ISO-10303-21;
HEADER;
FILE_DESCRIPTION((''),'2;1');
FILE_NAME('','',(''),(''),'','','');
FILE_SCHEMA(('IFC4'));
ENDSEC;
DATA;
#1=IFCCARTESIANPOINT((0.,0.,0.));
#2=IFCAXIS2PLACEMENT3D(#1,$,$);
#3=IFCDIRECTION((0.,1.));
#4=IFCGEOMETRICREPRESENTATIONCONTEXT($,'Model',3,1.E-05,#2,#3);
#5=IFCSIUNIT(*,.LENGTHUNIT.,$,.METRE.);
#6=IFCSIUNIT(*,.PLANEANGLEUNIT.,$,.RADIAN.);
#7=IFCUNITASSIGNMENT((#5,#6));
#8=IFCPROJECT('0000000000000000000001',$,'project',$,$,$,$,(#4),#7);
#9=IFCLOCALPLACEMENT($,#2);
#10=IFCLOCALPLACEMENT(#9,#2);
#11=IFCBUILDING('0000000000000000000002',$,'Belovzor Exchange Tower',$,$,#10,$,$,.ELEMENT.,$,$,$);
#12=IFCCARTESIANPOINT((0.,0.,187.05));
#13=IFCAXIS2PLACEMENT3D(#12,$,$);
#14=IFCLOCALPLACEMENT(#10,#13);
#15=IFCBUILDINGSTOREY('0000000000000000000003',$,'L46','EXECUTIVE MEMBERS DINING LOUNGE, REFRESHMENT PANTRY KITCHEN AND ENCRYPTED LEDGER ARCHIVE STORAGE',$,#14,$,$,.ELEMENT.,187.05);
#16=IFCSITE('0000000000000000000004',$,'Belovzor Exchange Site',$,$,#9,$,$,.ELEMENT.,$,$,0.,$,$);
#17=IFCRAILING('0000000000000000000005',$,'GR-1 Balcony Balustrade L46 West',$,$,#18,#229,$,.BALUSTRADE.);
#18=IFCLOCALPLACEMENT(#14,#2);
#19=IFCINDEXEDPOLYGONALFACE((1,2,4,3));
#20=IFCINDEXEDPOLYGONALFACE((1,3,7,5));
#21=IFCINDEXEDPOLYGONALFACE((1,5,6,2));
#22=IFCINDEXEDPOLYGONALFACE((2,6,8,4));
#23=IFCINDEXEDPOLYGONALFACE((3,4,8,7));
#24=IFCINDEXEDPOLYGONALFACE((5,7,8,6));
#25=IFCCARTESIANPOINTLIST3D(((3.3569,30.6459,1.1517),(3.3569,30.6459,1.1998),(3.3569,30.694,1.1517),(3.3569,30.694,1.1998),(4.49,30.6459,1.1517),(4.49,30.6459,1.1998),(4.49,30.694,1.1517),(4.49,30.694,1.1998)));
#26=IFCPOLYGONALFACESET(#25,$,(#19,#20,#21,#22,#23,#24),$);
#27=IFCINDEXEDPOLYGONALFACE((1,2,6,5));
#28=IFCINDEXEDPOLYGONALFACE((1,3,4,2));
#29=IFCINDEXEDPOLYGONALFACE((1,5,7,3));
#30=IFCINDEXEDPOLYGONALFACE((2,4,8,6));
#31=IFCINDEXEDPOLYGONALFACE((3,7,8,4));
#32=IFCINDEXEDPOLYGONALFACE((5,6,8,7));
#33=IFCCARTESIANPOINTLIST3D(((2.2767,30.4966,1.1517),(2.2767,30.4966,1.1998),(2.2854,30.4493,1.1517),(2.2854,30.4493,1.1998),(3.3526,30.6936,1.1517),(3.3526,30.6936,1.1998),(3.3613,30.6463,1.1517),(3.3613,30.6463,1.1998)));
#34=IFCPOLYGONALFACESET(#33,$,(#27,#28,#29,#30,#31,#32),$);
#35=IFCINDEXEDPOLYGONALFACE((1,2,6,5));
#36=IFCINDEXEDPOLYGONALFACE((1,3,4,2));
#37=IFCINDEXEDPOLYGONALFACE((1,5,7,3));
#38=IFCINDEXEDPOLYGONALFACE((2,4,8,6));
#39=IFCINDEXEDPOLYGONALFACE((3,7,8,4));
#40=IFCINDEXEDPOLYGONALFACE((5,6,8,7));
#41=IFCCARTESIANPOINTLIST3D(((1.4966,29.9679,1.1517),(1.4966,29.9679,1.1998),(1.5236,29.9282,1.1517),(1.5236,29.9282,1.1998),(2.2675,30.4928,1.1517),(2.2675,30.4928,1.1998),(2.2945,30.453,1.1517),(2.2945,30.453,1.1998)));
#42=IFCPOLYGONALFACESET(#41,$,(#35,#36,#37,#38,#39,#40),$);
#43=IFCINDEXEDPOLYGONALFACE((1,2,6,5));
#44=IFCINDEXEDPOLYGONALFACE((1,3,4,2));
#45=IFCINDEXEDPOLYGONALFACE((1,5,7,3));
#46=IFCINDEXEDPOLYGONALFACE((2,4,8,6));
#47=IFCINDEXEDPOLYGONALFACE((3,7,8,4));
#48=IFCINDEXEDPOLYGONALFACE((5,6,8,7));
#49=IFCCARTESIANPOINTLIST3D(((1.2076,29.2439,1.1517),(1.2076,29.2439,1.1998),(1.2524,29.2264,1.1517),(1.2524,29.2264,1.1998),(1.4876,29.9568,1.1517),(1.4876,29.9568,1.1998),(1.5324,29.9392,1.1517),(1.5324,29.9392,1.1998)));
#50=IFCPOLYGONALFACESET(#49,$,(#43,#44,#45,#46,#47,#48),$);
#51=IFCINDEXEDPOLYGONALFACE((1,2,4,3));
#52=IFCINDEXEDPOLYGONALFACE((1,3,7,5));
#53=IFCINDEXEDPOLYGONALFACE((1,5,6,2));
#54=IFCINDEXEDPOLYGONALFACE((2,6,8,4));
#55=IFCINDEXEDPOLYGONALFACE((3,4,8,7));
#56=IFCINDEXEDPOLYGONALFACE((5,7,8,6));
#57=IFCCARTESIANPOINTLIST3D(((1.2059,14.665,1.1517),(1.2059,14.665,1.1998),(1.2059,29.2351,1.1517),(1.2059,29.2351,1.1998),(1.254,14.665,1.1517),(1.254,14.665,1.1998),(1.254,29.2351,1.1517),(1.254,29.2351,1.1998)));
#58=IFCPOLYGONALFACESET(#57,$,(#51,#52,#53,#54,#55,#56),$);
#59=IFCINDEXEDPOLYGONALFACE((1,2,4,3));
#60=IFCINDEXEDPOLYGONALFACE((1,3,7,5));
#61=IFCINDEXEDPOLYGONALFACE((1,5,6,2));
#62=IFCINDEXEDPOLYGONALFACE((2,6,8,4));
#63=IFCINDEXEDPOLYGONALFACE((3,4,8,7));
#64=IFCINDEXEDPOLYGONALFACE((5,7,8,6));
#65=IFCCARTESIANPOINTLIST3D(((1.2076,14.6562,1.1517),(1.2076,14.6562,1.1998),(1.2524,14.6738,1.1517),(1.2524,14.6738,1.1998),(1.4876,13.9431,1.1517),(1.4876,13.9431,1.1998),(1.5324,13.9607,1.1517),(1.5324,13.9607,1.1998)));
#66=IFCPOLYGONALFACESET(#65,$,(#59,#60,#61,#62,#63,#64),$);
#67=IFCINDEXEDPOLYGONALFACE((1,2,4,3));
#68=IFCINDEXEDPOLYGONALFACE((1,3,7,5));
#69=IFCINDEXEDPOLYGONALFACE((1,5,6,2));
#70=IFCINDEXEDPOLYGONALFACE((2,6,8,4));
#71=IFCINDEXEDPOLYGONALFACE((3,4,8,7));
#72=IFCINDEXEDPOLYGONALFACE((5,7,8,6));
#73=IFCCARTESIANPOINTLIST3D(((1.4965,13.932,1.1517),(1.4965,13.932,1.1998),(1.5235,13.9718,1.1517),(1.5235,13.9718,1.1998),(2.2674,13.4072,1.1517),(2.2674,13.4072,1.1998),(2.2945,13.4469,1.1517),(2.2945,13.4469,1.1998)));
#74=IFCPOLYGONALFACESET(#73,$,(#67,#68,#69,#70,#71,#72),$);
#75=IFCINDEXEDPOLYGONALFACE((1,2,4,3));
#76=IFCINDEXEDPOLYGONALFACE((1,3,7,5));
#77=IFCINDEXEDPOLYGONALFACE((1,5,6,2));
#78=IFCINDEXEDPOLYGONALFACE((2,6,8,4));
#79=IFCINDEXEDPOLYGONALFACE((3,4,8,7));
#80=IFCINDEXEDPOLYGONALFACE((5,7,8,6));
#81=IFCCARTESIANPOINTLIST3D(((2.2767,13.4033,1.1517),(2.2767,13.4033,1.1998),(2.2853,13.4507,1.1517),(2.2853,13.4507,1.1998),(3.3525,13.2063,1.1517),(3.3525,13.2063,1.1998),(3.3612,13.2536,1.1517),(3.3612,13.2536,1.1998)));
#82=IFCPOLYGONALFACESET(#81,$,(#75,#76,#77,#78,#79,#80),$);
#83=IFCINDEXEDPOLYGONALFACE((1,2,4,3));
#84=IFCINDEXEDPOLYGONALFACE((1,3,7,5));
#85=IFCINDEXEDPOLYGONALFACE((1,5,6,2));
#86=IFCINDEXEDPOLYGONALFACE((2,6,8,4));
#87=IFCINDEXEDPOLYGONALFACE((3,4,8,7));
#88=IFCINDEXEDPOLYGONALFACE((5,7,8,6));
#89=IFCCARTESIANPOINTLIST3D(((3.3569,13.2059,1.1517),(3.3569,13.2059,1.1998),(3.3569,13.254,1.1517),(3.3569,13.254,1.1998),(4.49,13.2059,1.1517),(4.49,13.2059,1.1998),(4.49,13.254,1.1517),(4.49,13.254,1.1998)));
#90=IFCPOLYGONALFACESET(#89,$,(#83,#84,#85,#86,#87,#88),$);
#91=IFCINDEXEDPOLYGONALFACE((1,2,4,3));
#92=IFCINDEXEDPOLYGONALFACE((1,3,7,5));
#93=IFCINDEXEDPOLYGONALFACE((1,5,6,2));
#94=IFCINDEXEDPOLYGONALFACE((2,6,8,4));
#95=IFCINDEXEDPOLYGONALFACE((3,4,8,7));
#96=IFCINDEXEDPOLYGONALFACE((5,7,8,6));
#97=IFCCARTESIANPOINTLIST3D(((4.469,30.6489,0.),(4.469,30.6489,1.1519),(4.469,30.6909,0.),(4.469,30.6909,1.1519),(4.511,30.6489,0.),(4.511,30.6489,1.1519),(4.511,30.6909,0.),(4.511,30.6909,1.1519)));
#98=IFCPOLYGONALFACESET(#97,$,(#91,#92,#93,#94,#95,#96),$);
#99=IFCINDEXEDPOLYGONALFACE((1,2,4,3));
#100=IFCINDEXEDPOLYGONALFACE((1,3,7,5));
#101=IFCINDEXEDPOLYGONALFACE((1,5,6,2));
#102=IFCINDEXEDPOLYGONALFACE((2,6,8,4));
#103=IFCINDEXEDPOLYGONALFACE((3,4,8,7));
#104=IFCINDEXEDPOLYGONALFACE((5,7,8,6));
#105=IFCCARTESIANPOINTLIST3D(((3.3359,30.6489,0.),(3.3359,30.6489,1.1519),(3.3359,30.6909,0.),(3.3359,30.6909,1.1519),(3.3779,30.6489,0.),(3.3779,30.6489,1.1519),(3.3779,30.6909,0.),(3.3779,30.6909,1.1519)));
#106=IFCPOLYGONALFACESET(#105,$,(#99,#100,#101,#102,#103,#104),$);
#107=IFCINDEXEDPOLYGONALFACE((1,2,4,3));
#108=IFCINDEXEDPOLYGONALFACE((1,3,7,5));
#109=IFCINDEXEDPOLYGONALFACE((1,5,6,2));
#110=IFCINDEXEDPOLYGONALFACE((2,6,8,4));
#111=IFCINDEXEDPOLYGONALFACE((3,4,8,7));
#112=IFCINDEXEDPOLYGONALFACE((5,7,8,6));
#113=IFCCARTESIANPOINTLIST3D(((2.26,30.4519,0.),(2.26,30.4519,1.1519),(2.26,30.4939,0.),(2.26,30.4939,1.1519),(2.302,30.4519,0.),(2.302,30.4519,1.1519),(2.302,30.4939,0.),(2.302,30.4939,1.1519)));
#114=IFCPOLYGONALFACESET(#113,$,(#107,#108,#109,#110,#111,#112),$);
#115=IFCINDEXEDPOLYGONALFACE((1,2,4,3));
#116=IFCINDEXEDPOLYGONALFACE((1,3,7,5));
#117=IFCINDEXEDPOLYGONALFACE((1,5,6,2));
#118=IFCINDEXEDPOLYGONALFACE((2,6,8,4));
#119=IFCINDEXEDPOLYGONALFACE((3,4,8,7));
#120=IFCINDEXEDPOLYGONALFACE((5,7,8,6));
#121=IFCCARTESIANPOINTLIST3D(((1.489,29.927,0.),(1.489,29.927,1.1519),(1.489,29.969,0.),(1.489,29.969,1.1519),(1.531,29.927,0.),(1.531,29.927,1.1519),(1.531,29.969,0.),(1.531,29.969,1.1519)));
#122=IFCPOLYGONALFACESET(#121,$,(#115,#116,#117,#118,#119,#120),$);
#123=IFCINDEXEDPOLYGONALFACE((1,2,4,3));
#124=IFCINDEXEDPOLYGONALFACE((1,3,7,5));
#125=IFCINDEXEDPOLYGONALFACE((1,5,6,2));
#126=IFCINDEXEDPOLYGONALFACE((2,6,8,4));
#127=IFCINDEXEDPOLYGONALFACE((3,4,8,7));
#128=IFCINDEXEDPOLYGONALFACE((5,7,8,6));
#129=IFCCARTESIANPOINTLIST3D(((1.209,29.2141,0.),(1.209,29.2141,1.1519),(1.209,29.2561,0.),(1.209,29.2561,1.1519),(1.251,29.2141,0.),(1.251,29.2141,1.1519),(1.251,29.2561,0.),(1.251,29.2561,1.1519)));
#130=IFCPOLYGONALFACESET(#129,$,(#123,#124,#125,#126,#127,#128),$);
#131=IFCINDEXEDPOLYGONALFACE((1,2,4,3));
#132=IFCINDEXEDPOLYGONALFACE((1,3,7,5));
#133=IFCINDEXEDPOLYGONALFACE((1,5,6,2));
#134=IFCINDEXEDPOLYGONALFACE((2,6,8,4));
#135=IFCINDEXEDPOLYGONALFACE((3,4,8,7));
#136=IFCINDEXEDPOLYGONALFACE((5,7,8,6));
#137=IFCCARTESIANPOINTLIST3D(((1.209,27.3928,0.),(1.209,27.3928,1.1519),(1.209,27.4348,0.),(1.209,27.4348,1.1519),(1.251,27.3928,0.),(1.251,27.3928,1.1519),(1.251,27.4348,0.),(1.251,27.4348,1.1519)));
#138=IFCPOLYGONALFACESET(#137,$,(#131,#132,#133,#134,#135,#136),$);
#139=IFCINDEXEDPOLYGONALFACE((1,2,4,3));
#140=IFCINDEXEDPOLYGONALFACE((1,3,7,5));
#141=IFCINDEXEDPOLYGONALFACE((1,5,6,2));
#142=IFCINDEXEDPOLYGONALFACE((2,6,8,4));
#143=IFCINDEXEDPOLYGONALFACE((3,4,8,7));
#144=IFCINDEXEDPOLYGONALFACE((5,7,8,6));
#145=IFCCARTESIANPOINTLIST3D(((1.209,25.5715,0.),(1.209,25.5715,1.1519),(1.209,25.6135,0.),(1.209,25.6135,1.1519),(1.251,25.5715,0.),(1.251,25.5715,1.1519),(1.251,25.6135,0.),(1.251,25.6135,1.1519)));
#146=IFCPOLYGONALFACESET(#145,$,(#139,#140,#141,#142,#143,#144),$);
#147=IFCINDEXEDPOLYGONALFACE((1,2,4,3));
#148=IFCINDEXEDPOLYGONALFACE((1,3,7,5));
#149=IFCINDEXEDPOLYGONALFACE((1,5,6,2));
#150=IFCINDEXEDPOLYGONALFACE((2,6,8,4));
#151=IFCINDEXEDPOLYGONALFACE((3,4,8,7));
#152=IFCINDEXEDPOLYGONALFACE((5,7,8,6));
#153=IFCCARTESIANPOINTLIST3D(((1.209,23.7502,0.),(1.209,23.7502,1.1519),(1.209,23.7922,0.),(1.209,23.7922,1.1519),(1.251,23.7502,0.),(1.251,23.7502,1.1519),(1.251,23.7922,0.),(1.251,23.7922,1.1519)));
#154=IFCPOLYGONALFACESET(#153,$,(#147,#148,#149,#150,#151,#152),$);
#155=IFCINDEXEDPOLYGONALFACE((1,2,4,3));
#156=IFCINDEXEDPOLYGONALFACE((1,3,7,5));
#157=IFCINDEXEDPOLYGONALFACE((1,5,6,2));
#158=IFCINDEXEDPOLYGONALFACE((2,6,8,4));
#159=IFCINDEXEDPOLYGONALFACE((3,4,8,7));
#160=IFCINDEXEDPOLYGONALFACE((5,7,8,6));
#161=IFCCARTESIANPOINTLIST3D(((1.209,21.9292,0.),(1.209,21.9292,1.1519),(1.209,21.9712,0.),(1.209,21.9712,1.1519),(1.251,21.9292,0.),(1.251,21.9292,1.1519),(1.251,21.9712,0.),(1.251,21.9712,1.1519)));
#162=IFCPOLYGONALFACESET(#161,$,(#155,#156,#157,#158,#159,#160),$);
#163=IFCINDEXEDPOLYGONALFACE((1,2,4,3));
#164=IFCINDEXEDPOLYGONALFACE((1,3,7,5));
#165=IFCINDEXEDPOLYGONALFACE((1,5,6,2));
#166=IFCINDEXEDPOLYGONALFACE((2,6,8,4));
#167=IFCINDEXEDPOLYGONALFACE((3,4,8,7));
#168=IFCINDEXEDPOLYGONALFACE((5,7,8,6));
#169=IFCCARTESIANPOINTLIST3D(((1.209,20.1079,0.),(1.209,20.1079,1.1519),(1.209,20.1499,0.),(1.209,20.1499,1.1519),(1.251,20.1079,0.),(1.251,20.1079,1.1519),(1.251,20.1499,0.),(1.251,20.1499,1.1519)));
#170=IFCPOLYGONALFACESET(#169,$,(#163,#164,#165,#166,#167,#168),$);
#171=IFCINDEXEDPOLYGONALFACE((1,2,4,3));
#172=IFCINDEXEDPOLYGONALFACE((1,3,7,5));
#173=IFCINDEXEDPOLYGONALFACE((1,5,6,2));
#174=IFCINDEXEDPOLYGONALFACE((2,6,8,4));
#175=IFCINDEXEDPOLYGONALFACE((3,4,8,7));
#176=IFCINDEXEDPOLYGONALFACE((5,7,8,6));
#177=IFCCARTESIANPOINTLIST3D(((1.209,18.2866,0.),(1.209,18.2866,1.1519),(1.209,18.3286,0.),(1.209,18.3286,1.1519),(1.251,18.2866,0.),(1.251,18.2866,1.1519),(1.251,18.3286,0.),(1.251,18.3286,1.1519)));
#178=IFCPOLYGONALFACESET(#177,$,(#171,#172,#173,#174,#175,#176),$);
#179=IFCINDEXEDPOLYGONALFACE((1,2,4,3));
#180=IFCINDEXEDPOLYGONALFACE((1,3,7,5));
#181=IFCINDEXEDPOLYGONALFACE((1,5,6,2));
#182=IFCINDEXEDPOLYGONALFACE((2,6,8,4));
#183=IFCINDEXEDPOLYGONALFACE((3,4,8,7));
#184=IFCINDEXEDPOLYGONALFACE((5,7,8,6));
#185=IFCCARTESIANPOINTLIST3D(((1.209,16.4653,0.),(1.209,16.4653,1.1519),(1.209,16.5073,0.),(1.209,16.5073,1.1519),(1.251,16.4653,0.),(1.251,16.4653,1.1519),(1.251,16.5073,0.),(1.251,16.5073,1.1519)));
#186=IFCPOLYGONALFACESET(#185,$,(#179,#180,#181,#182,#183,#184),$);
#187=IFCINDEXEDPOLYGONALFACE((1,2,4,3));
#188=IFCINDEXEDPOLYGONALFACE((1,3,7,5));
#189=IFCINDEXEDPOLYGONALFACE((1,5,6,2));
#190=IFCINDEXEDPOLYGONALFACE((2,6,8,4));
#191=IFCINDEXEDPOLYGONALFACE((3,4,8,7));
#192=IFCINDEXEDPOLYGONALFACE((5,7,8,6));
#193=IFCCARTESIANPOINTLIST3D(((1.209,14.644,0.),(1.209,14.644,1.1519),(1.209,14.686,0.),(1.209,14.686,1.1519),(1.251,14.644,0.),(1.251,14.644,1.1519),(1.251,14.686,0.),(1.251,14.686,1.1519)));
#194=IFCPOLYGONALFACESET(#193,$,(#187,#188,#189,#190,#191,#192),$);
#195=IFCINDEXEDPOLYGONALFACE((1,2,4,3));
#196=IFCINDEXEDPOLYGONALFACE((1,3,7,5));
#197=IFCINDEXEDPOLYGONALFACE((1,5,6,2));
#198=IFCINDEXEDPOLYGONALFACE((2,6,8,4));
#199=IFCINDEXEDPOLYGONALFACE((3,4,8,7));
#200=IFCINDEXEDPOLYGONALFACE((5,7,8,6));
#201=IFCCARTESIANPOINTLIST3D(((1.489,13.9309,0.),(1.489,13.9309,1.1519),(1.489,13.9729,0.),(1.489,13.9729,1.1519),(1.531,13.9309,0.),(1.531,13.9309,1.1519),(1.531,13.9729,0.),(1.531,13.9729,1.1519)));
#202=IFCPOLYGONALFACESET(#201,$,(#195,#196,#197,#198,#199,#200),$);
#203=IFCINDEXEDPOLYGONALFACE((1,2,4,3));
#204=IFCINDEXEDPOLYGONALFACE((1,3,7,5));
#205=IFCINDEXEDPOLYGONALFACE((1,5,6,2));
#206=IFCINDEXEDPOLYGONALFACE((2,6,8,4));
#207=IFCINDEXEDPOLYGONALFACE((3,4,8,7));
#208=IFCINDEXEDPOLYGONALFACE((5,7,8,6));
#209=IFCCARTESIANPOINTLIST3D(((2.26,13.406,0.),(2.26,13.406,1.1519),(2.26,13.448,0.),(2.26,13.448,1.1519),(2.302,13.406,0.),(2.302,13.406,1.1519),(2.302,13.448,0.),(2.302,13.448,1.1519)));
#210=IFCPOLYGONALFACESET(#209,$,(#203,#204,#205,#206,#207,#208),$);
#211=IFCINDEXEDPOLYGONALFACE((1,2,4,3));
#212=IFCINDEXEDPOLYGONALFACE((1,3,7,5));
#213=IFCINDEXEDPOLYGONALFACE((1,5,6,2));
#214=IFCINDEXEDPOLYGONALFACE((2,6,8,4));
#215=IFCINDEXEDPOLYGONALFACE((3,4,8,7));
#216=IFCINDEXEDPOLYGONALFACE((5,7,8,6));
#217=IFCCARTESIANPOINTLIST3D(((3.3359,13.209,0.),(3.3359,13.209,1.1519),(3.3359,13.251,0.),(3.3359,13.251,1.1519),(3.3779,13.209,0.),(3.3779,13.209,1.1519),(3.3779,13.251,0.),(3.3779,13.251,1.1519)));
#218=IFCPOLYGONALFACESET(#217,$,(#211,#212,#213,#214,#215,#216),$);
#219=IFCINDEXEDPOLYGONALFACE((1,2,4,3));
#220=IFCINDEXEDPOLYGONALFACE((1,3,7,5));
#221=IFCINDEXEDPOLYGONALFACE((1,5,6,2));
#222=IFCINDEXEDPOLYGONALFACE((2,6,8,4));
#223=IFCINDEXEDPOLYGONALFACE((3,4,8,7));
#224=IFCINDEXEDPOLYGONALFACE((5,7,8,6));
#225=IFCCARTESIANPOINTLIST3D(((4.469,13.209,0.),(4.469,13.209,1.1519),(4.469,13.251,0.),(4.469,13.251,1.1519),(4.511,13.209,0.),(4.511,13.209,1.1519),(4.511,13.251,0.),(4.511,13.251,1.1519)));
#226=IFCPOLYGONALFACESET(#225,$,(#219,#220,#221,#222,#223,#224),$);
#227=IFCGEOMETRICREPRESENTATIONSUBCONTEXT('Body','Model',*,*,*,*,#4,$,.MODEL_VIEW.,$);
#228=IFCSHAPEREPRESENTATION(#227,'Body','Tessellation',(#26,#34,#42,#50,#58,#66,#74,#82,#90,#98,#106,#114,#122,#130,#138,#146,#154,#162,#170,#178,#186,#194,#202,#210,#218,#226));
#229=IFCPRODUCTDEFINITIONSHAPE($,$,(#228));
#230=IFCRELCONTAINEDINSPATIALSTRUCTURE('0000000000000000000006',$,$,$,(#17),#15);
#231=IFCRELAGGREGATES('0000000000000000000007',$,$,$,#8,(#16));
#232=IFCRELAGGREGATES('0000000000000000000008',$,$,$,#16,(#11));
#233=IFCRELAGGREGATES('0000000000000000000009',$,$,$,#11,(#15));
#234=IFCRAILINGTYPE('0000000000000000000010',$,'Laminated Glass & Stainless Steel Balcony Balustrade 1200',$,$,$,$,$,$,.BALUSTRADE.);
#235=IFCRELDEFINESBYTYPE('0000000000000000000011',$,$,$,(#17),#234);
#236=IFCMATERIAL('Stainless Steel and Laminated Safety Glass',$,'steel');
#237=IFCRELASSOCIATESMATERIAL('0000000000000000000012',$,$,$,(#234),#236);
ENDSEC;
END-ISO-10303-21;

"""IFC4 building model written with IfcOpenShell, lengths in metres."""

from ifc_helpers import new_model, si_unit, direction, frame, origin, origin_2d, place, context, subcontext, project, spatial, rectangle, extrude, material, type_object, element, save


model = new_model("IFC4")

# Units and contexts
model_context = context("Model", 3, precision=1e-05, world=origin(), true_north=direction((0.0, 1.0)))
body_context = subcontext(model_context, "Body", "Model", "MODEL_VIEW")
ifc_project = project(units=[si_unit("LENGTHUNIT", "METRE"), si_unit("PLANEANGLEUNIT", "RADIAN")], contexts=[model_context])

# Site, building, storey
site_placement = place(None, origin())
site = spatial("IfcSite", under=ifc_project, at=site_placement, Name="Belovzor Exchange Site", CompositionType="ELEMENT", RefElevation=0.0)
building_placement = place(site_placement, origin())
building = spatial("IfcBuilding", under=site, at=building_placement, Name="Belovzor Exchange Tower", CompositionType="ELEMENT")
storey_placement = place(building_placement, frame((0.0, 0.0, 187.05)))
storey = spatial("IfcBuildingStorey", under=building, at=storey_placement, Name="L46", Description="EXECUTIVE MEMBERS DINING LOUNGE, REFRESHMENT PANTRY KITCHEN AND ENCRYPTED LEDGER ARCHIVE STORAGE", CompositionType="ELEMENT", Elevation=187.05)

# Railing
ifc_material_1 = material(Name="Stainless Steel and Laminated Safety Glass", Category="steel")
railing_type = type_object("IfcRailingType", Name="Laminated Glass & Stainless Steel Balcony Balustrade 1200", PredefinedType="BALUSTRADE", material=ifc_material_1)
railing_placement = place(storey_placement, frame((4.49, 30.6699, 0.0)))
element("IfcRailing", 1, at=railing_placement, inside=storey, type_object=railing_type, Name="GR-1 Balcony Balustrade L46 West", PredefinedType="BALUSTRADE", context=body_context, shape_type="SweptSolid", body=[
    extrude(rectangle(XDim=0.0481, YDim=0.0481, at=origin_2d()), frame((0.0, 0.0, 1.1758), z_axis=(-1.0, 0.0, 0.0), x_axis=(0.0, -1.0, 0.0)), (0.0, 0.0, 1.0), 1.1331),
    extrude(rectangle(XDim=0.0481, YDim=0.0481, at=origin_2d()), frame((-1.1331, 0.0, 1.1758), z_axis=(-0.983644, -0.180123, 0.0), x_axis=(0.180123, -0.983644, 0.0)), (0.0, 0.0, 1.0), 1.0938),
    extrude(rectangle(XDim=0.0481, YDim=0.0481, at=origin_2d()), frame((-2.209, -0.197, 1.1758), z_axis=(-0.826615, -0.562768, 0.0), x_axis=(0.562768, -0.826615, 0.0)), (0.0, 0.0, 1.0), 0.9326),
    extrude(rectangle(XDim=0.0481, YDim=0.0481, at=origin_2d()), frame((-2.98, -0.7219, 1.1758), z_axis=(-0.365613, -0.930767, 0.0), x_axis=(0.930767, -0.365613, 0.0)), (0.0, 0.0, 1.0), 0.7659),
    extrude(rectangle(XDim=0.0481, YDim=0.0481, at=origin_2d()), frame((-3.26, -1.4348, 1.1758), z_axis=(0.0, -1.0, 0.0), x_axis=(1.0, 0.0, 0.0)), (0.0, 0.0, 1.0), 14.5701),
    extrude(rectangle(XDim=0.0481, YDim=0.0481, at=origin_2d()), frame((-3.26, -16.0049, 1.1758), z_axis=(0.365504, -0.93081, 0.0), x_axis=(0.93081, 0.365504, 0.0)), (0.0, 0.0, 1.0), 0.7661),
    extrude(rectangle(XDim=0.0481, YDim=0.0481, at=origin_2d()), frame((-2.98, -16.718, 1.1758), z_axis=(0.826615, -0.562768, 0.0), x_axis=(0.562768, 0.826615, 0.0)), (0.0, 0.0, 1.0), 0.9326),
    extrude(rectangle(XDim=0.0481, YDim=0.0481, at=origin_2d()), frame((-2.209, -17.2429, 1.1758), z_axis=(0.983644, -0.180123, 0.0), x_axis=(0.180123, 0.983644, 0.0)), (0.0, 0.0, 1.0), 1.0938),
    extrude(rectangle(XDim=0.0481, YDim=0.0481, at=origin_2d()), frame((-1.1331, -17.4399, 1.1758), z_axis=(1.0, 0.0, 0.0), x_axis=(0.0, 1.0, 0.0)), (0.0, 0.0, 1.0), 1.1331),
    extrude(rectangle(XDim=0.042, YDim=0.042, at=origin_2d()), origin(), (0.0, 0.0, 1.0), 1.1519),
    extrude(rectangle(XDim=0.042, YDim=0.042, at=origin_2d()), frame((-1.1331, 0.0, 0.0)), (0.0, 0.0, 1.0), 1.1519),
    extrude(rectangle(XDim=0.042, YDim=0.042, at=origin_2d()), frame((-2.209, -0.197, 0.0)), (0.0, 0.0, 1.0), 1.1519),
    extrude(rectangle(XDim=0.042, YDim=0.042, at=origin_2d()), frame((-2.98, -0.7219, 0.0)), (0.0, 0.0, 1.0), 1.1519),
    extrude(rectangle(XDim=0.042, YDim=0.042, at=origin_2d()), frame((-3.26, -1.4348, 0.0)), (0.0, 0.0, 1.0), 1.1519),
    extrude(rectangle(XDim=0.042, YDim=0.042, at=origin_2d()), frame((-3.26, -3.2561, 0.0)), (0.0, 0.0, 1.0), 1.1519),
    extrude(rectangle(XDim=0.042, YDim=0.042, at=origin_2d()), frame((-3.26, -5.0774, 0.0)), (0.0, 0.0, 1.0), 1.1519),
    extrude(rectangle(XDim=0.042, YDim=0.042, at=origin_2d()), frame((-3.26, -6.8987, 0.0)), (0.0, 0.0, 1.0), 1.1519),
    extrude(rectangle(XDim=0.042, YDim=0.042, at=origin_2d()), frame((-3.26, -8.7197, 0.0)), (0.0, 0.0, 1.0), 1.1519),
    extrude(rectangle(XDim=0.042, YDim=0.042, at=origin_2d()), frame((-3.26, -10.541, 0.0)), (0.0, 0.0, 1.0), 1.1519),
    extrude(rectangle(XDim=0.042, YDim=0.042, at=origin_2d()), frame((-3.26, -12.3623, 0.0)), (0.0, 0.0, 1.0), 1.1519),
    extrude(rectangle(XDim=0.042, YDim=0.042, at=origin_2d()), frame((-3.26, -14.1836, 0.0)), (0.0, 0.0, 1.0), 1.1519),
    extrude(rectangle(XDim=0.042, YDim=0.042, at=origin_2d()), frame((-3.26, -16.0049, 0.0)), (0.0, 0.0, 1.0), 1.1519),
    extrude(rectangle(XDim=0.042, YDim=0.042, at=origin_2d()), frame((-2.98, -16.718, 0.0)), (0.0, 0.0, 1.0), 1.1519),
    extrude(rectangle(XDim=0.042, YDim=0.042, at=origin_2d()), frame((-2.209, -17.2429, 0.0)), (0.0, 0.0, 1.0), 1.1519),
    extrude(rectangle(XDim=0.042, YDim=0.042, at=origin_2d()), frame((-1.1331, -17.4399, 0.0)), (0.0, 0.0, 1.0), 1.1519),
    extrude(rectangle(XDim=0.042, YDim=0.042, at=origin_2d()), frame((0.0, -17.4399, 0.0)), (0.0, 0.0, 1.0), 1.1519),
])

save(model, "model.ifc")
